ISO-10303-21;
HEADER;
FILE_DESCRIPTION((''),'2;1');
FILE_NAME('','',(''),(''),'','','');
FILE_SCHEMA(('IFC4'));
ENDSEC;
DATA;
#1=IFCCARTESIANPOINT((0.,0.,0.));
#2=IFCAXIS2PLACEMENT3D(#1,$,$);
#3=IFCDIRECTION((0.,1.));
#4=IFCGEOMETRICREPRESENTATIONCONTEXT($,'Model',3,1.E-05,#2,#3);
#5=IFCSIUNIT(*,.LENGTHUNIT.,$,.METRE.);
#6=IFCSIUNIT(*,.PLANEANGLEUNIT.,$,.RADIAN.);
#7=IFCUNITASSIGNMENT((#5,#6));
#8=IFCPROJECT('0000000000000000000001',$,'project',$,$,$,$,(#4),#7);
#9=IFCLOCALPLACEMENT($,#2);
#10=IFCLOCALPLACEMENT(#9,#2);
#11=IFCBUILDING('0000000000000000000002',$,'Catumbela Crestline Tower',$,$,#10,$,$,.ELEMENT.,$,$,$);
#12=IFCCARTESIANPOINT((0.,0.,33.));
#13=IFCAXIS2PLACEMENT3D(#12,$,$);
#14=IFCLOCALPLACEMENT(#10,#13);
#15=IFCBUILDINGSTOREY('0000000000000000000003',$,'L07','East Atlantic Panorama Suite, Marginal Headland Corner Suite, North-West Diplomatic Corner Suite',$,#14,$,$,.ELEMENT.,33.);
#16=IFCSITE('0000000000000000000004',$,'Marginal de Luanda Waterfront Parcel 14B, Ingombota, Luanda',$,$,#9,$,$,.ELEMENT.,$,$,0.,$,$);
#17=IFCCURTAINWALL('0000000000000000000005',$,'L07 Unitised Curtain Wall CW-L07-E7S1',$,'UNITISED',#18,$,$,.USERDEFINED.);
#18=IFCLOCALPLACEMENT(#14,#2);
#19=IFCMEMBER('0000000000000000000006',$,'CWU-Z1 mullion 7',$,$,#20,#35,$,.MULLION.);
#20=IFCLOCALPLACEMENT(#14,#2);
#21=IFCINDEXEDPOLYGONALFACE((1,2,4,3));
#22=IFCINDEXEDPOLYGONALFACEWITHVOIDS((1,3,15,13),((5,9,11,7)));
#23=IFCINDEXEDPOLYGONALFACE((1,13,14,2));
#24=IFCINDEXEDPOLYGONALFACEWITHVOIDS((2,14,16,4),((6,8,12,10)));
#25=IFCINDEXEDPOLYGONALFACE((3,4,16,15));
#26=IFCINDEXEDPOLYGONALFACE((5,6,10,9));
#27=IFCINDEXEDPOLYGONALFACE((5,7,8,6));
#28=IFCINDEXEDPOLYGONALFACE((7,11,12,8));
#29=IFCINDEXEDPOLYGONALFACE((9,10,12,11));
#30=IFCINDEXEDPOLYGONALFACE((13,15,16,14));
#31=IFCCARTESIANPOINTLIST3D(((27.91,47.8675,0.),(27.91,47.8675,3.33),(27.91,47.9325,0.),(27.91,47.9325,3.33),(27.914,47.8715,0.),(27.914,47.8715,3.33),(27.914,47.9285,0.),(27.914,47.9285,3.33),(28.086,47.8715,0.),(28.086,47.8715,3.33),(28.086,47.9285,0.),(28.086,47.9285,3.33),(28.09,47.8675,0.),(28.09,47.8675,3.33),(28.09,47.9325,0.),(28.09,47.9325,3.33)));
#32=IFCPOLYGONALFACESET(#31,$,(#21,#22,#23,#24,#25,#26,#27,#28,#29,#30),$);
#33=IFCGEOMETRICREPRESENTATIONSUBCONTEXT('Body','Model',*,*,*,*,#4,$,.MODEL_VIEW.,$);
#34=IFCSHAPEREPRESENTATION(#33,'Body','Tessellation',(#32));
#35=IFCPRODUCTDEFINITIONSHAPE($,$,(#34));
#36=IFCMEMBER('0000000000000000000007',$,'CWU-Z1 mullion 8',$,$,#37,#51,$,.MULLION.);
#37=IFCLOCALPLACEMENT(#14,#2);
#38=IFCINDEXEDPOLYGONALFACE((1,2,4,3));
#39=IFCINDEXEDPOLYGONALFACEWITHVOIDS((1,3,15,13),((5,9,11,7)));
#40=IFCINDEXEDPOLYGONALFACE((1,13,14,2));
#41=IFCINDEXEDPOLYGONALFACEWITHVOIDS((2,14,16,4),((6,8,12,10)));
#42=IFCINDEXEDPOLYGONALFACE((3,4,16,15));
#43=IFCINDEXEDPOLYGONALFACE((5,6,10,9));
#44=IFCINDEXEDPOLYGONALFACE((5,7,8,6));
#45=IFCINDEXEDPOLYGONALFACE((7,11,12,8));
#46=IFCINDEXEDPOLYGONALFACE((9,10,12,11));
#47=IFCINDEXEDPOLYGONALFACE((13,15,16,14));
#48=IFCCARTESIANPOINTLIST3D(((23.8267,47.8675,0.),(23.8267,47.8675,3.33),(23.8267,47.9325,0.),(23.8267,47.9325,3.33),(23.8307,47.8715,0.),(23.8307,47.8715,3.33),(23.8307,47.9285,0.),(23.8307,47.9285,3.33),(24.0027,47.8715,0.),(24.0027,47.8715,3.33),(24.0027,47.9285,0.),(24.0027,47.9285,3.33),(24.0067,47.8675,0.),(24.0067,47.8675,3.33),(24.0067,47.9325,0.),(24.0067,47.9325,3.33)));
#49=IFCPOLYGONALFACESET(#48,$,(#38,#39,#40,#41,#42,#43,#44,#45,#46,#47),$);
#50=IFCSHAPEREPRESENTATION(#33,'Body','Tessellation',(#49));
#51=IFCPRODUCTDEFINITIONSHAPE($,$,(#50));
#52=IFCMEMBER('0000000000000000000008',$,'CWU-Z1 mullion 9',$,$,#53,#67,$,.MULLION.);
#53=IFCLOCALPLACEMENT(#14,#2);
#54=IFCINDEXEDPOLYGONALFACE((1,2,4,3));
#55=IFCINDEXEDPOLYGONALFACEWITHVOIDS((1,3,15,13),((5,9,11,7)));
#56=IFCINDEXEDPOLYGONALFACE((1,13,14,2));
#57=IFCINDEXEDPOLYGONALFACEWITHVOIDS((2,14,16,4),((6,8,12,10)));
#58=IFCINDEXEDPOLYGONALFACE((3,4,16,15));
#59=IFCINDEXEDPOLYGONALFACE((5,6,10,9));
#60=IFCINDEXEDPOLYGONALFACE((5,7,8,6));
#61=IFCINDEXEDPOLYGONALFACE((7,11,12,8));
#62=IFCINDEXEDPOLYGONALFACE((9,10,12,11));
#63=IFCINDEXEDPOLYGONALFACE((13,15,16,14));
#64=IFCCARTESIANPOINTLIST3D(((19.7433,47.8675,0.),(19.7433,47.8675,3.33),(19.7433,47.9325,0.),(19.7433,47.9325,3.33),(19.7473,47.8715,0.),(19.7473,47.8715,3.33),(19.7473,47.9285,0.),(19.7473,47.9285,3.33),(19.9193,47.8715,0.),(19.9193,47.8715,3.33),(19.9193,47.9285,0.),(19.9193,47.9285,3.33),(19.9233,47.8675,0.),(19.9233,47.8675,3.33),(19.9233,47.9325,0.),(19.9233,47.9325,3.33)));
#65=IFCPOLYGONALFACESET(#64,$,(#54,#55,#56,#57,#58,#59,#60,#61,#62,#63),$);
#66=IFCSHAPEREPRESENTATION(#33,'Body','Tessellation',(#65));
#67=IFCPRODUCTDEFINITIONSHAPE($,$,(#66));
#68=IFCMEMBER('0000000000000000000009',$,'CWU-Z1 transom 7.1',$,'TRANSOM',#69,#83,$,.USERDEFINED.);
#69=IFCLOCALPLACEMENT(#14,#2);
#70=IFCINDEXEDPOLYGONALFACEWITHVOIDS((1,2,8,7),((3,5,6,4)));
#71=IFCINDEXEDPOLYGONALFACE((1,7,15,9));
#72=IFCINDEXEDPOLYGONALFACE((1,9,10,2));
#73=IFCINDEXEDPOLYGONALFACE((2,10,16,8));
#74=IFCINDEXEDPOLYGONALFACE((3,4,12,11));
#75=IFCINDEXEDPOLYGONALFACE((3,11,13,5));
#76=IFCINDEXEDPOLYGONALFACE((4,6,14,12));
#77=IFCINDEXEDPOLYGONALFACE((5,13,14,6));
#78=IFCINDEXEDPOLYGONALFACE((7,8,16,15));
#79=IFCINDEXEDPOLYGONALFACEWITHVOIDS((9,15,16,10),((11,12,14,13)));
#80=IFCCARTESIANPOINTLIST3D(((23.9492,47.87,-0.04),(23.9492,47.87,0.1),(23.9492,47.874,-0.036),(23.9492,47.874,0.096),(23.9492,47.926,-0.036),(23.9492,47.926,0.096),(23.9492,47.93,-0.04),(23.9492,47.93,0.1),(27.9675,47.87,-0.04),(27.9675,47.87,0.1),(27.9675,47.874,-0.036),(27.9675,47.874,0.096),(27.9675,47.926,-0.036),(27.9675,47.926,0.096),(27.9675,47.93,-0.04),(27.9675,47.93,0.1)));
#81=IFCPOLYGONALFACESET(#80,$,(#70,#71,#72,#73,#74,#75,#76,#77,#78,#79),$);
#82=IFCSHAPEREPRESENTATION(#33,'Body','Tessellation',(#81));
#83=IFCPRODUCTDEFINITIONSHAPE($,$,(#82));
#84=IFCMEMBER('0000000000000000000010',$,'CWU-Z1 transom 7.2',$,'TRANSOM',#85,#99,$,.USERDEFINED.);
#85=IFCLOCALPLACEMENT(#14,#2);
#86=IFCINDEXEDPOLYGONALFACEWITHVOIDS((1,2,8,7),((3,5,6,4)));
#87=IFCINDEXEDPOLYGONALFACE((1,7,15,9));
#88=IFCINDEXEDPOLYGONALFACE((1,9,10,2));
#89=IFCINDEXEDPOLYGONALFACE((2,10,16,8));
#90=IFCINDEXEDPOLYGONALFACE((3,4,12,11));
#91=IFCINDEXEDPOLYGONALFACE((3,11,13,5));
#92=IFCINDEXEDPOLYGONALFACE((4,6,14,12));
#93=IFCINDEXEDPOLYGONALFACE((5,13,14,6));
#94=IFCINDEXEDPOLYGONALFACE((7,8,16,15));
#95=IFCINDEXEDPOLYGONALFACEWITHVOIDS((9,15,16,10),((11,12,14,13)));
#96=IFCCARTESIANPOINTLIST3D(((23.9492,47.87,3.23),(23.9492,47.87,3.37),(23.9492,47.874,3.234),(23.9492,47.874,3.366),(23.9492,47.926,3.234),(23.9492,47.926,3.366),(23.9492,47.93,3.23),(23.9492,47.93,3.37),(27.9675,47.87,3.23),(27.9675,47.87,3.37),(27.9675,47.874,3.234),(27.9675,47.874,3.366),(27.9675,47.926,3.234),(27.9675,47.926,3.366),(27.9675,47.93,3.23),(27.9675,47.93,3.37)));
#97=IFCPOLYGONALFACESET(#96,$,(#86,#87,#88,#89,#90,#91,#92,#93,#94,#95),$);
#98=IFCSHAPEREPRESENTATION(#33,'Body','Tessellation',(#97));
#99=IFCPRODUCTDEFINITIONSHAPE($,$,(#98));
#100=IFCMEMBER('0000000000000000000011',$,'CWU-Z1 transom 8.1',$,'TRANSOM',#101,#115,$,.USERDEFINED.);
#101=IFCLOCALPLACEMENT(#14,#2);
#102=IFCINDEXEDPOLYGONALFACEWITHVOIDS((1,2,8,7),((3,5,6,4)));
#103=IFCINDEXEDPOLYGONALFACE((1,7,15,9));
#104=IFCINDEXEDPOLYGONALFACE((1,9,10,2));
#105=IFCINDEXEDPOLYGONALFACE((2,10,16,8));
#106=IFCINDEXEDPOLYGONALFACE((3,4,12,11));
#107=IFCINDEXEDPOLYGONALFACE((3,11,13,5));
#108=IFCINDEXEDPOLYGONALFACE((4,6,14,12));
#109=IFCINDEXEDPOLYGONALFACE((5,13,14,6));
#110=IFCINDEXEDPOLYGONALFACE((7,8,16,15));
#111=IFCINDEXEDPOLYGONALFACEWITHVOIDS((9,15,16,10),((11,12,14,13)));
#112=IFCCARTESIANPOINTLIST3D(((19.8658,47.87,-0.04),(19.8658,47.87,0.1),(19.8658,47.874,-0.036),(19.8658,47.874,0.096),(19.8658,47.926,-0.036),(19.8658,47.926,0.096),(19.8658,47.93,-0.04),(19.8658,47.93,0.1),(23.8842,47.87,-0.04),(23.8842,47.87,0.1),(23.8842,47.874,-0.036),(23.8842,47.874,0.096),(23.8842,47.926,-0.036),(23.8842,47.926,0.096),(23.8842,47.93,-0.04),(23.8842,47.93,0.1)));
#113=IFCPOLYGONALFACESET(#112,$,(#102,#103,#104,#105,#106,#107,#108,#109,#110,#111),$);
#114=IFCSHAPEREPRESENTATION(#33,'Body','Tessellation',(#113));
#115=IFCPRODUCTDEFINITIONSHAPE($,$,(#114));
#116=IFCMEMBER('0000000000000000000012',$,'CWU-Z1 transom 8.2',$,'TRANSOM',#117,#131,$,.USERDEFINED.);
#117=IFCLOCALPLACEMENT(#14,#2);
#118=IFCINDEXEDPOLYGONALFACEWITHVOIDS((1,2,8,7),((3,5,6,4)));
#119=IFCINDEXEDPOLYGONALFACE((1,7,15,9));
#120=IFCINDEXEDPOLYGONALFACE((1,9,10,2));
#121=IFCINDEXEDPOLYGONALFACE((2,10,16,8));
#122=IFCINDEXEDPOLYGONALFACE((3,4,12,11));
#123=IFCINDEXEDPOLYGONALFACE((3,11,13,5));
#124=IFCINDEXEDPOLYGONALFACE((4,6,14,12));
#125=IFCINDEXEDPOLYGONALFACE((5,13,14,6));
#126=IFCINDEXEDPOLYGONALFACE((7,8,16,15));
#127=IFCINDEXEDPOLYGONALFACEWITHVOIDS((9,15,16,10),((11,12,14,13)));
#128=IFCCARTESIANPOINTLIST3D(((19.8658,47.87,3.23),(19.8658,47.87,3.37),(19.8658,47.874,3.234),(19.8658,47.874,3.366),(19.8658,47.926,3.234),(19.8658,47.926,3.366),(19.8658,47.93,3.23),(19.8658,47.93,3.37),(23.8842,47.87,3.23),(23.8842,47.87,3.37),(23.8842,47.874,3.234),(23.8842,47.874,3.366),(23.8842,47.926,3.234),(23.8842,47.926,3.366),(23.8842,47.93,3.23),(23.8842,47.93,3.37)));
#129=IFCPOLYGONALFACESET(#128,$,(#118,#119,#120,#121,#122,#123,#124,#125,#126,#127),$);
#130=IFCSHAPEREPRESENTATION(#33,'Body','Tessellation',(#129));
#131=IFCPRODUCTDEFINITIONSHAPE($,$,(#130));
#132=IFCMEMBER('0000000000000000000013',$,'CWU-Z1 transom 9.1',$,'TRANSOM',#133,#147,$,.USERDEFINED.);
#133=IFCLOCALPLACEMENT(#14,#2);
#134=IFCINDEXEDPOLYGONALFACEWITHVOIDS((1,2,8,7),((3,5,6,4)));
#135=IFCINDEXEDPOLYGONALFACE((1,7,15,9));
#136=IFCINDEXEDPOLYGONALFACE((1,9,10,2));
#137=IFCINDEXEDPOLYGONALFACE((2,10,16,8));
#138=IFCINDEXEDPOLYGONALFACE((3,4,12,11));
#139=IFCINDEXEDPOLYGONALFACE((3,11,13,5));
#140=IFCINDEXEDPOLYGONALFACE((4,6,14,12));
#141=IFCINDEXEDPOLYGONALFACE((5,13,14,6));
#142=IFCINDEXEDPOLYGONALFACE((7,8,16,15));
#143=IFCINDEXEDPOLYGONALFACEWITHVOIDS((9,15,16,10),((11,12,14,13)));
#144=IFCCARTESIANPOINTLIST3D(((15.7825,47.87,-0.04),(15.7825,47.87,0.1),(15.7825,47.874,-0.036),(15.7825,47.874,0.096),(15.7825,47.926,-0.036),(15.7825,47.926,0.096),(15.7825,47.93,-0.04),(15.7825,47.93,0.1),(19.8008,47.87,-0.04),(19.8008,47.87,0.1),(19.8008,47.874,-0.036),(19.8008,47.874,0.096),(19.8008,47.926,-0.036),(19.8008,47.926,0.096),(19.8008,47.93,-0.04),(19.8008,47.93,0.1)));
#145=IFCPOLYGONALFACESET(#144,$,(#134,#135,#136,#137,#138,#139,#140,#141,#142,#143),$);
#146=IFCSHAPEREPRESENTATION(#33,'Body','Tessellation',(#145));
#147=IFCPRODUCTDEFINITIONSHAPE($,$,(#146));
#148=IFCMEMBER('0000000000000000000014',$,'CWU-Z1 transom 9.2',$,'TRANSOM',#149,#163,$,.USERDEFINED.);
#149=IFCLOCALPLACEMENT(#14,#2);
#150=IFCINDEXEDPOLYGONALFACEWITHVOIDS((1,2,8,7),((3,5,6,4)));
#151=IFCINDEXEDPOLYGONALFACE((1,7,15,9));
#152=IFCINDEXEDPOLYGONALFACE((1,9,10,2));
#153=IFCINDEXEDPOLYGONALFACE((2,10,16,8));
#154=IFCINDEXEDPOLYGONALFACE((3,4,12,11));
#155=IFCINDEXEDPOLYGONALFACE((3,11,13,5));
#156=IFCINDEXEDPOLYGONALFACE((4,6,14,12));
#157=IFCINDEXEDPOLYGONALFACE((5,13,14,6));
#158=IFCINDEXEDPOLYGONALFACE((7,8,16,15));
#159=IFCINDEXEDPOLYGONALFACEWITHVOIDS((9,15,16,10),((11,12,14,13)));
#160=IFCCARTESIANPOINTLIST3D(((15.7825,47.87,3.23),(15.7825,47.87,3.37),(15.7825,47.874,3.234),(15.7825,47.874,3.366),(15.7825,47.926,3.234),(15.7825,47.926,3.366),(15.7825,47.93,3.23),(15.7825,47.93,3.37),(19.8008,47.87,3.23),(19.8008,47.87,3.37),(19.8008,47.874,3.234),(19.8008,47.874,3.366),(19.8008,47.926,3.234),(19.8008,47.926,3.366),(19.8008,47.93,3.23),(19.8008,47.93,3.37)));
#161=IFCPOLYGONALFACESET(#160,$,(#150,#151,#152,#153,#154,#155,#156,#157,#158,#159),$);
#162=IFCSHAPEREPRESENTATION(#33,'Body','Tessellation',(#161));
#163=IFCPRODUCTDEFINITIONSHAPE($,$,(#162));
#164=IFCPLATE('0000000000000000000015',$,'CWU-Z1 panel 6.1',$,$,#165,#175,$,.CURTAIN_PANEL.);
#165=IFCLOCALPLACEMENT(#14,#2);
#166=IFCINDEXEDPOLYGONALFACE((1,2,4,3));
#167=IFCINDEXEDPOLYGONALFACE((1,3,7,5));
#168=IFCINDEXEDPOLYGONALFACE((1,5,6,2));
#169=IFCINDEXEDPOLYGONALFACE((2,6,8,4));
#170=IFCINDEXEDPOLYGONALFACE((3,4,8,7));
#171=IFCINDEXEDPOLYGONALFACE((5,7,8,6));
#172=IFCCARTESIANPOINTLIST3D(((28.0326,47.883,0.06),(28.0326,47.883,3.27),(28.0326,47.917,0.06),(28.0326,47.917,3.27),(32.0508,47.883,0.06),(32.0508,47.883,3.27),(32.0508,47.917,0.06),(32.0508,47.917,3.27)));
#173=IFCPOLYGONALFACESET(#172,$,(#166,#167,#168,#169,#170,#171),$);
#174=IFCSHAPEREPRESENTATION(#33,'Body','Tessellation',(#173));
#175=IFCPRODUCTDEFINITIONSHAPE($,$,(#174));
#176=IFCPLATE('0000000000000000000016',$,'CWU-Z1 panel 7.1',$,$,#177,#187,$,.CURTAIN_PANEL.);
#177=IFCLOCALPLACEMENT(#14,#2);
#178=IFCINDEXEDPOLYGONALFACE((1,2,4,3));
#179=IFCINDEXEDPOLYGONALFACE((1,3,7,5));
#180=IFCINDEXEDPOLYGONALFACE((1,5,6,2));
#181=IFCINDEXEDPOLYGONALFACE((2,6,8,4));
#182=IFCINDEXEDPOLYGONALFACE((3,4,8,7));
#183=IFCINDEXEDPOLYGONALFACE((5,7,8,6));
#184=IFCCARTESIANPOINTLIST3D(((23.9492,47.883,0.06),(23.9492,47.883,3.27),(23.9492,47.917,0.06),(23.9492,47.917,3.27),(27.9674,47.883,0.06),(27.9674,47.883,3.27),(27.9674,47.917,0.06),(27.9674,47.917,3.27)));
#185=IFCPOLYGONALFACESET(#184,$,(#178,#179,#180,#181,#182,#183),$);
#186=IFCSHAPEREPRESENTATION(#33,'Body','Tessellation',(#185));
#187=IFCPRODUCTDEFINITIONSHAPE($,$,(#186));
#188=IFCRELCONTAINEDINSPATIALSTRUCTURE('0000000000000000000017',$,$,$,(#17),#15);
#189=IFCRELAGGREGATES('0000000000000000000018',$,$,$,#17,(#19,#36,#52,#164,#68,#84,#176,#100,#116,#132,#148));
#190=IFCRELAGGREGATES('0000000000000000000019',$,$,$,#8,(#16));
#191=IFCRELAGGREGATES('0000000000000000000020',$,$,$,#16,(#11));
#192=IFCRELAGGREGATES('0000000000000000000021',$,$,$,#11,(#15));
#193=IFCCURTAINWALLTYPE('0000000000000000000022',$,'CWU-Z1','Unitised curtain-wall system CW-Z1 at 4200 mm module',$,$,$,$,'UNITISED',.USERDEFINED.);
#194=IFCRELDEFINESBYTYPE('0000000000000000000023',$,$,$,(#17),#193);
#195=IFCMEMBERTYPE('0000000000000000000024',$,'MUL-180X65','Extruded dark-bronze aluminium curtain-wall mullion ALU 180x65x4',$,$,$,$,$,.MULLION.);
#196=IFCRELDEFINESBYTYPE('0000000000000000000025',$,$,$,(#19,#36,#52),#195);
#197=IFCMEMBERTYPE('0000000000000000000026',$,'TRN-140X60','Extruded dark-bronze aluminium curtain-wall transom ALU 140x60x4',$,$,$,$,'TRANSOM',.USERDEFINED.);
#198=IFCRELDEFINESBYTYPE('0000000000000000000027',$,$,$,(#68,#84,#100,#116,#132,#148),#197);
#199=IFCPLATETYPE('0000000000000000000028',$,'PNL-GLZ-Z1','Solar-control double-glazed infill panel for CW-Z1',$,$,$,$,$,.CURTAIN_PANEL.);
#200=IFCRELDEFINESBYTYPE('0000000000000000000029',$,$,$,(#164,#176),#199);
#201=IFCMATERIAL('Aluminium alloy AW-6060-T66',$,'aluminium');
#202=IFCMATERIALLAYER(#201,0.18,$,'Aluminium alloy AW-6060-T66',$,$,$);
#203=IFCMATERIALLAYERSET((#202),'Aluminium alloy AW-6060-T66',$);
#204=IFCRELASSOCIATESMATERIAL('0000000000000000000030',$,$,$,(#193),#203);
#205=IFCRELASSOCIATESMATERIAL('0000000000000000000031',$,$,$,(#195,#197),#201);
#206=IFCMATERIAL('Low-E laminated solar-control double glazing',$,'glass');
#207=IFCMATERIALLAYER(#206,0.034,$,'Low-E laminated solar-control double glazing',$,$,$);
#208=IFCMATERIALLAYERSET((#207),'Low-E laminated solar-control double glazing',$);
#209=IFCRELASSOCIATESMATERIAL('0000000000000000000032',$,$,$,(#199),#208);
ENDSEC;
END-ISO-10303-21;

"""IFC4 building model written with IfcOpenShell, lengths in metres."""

from ifc_helpers import new_model, si_unit, direction, frame, origin, origin_2d, place, context, subcontext, project, spatial, rectangle, hollow_rectangle, extrude, material, layer, layer_set, material_profile, profile_set, type_object, element, aggregate, save


model = new_model("IFC4")

# Units and contexts
model_context = context("Model", 3, precision=1e-05, world=origin(), true_north=direction((0.0, 1.0)))
body_context = subcontext(model_context, "Body", "Model", "MODEL_VIEW")
ifc_project = project(units=[si_unit("LENGTHUNIT", "METRE"), si_unit("PLANEANGLEUNIT", "RADIAN")], contexts=[model_context])

# Site, building, storey
site_placement = place(None, origin())
site = spatial("IfcSite", under=ifc_project, at=site_placement, Name="Marginal de Luanda Waterfront Parcel 14B, Ingombota, Luanda", CompositionType="ELEMENT", RefElevation=0.0)
building_placement = place(site_placement, origin())
building = spatial("IfcBuilding", under=site, at=building_placement, Name="Catumbela Crestline Tower", CompositionType="ELEMENT")
storey_placement = place(building_placement, frame((0.0, 0.0, 33.0)))
storey = spatial("IfcBuildingStorey", under=building, at=storey_placement, Name="L07", Description="East Atlantic Panorama Suite, Marginal Headland Corner Suite, North-West Diplomatic Corner Suite", CompositionType="ELEMENT", Elevation=33.0)

# Curtain wall, members, plates
ifc_material_1 = material(Name="Aluminium alloy AW-6060-T66", Category="aluminium")
ifc_layer_1 = layer(ifc_material_1, 0.18, Name="Aluminium alloy AW-6060-T66")
ifc_layer_set_1 = layer_set([ifc_layer_1], Name="Aluminium alloy AW-6060-T66")
curtain_wall_type = type_object("IfcCurtainWallType", Name="CWU-Z1", Description="Unitised curtain-wall system CW-Z1 at 4200 mm module", ElementType="UNITISED", PredefinedType="USERDEFINED", material=ifc_layer_set_1)
curtain_wall_placement = place(storey_placement, origin())
curtain_wall = element("IfcCurtainWall", 1, at=curtain_wall_placement, inside=storey, type_object=curtain_wall_type, Name="L07 Unitised Curtain Wall CW-L07-E7S1", ObjectType="UNITISED", PredefinedType="USERDEFINED")
ifc_material_profile_1 = material_profile(ifc_material_1, hollow_rectangle(XDim=0.065, YDim=0.18, WallThickness=0.004, at=origin_2d()), Name="ALU 180x65x4")
ifc_profile_set_1 = profile_set([ifc_material_profile_1], Name="Aluminium alloy AW-6060-T66")
member_type_1 = type_object("IfcMemberType", Name="MUL-180X65", Description="Extruded dark-bronze aluminium curtain-wall mullion ALU 180x65x4", PredefinedType="MULLION", material=ifc_profile_set_1)
member_1_placement = place(storey_placement, frame((28.0, 47.9, 0.0), z_axis=(0.0, 0.0, 1.0), x_axis=(0.0, -1.0, 0.0)))
member_1 = element("IfcMember", 2, at=member_1_placement, type_object=member_type_1, Name="CWU-Z1 mullion 7", PredefinedType="MULLION", context=body_context, shape_type="SweptSolid", body=[
    extrude(hollow_rectangle(XDim=0.065, YDim=0.18, WallThickness=0.004, at=origin_2d()), origin(), (0.0, 0.0, 1.0), 3.33),
])
member_2_placement = place(storey_placement, frame((23.9167, 47.9, 0.0), z_axis=(0.0, 0.0, 1.0), x_axis=(0.0, -1.0, 0.0)))
member_2 = element("IfcMember", 3, at=member_2_placement, type_object=member_type_1, Name="CWU-Z1 mullion 8", PredefinedType="MULLION", context=body_context, shape_type="SweptSolid", body=[
    extrude(hollow_rectangle(XDim=0.065, YDim=0.18, WallThickness=0.004, at=origin_2d()), origin(), (0.0, 0.0, 1.0), 3.33),
])
member_3_placement = place(storey_placement, frame((19.8333, 47.9, 0.0), z_axis=(0.0, 0.0, 1.0), x_axis=(0.0, -1.0, 0.0)))
member_3 = element("IfcMember", 4, at=member_3_placement, type_object=member_type_1, Name="CWU-Z1 mullion 9", PredefinedType="MULLION", context=body_context, shape_type="SweptSolid", body=[
    extrude(hollow_rectangle(XDim=0.065, YDim=0.18, WallThickness=0.004, at=origin_2d()), origin(), (0.0, 0.0, 1.0), 3.33),
])
ifc_material_profile_2 = material_profile(ifc_material_1, hollow_rectangle(XDim=0.06, YDim=0.14, WallThickness=0.004, at=origin_2d()), Name="ALU 140x60x4")
ifc_profile_set_2 = profile_set([ifc_material_profile_2], Name="Aluminium alloy AW-6060-T66")
member_type_2 = type_object("IfcMemberType", Name="TRN-140X60", Description="Extruded dark-bronze aluminium curtain-wall transom ALU 140x60x4", ElementType="TRANSOM", PredefinedType="USERDEFINED", material=ifc_profile_set_2)
member_4_placement = place(storey_placement, frame((27.9675, 47.9, 0.03), z_axis=(-1.0, 0.0, 0.0), x_axis=(0.0, -1.0, 0.0)))
member_4 = element("IfcMember", 5, at=member_4_placement, type_object=member_type_2, Name="CWU-Z1 transom 7.1", ObjectType="TRANSOM", PredefinedType="USERDEFINED", context=body_context, shape_type="SweptSolid", body=[
    extrude(hollow_rectangle(XDim=0.06, YDim=0.14, WallThickness=0.004, at=origin_2d()), origin(), (0.0, 0.0, 1.0), 4.0183),
])
member_5_placement = place(storey_placement, frame((27.9675, 47.9, 3.3), z_axis=(-1.0, 0.0, 0.0), x_axis=(0.0, -1.0, 0.0)))
member_5 = element("IfcMember", 6, at=member_5_placement, type_object=member_type_2, Name="CWU-Z1 transom 7.2", ObjectType="TRANSOM", PredefinedType="USERDEFINED", context=body_context, shape_type="SweptSolid", body=[
    extrude(hollow_rectangle(XDim=0.06, YDim=0.14, WallThickness=0.004, at=origin_2d()), origin(), (0.0, 0.0, 1.0), 4.0183),
])
member_6_placement = place(storey_placement, frame((23.8842, 47.9, 0.03), z_axis=(-1.0, 0.0, 0.0), x_axis=(0.0, -1.0, 0.0)))
member_6 = element("IfcMember", 7, at=member_6_placement, type_object=member_type_2, Name="CWU-Z1 transom 8.1", ObjectType="TRANSOM", PredefinedType="USERDEFINED", context=body_context, shape_type="SweptSolid", body=[
    extrude(hollow_rectangle(XDim=0.06, YDim=0.14, WallThickness=0.004, at=origin_2d()), origin(), (0.0, 0.0, 1.0), 4.0184),
])
member_7_placement = place(storey_placement, frame((23.8842, 47.9, 3.3), z_axis=(-1.0, 0.0, 0.0), x_axis=(0.0, -1.0, 0.0)))
member_7 = element("IfcMember", 8, at=member_7_placement, type_object=member_type_2, Name="CWU-Z1 transom 8.2", ObjectType="TRANSOM", PredefinedType="USERDEFINED", context=body_context, shape_type="SweptSolid", body=[
    extrude(hollow_rectangle(XDim=0.06, YDim=0.14, WallThickness=0.004, at=origin_2d()), origin(), (0.0, 0.0, 1.0), 4.0184),
])
member_8_placement = place(storey_placement, frame((19.8008, 47.9, 0.03), z_axis=(-1.0, 0.0, 0.0), x_axis=(0.0, -1.0, 0.0)))
member_8 = element("IfcMember", 9, at=member_8_placement, type_object=member_type_2, Name="CWU-Z1 transom 9.1", ObjectType="TRANSOM", PredefinedType="USERDEFINED", context=body_context, shape_type="SweptSolid", body=[
    extrude(hollow_rectangle(XDim=0.06, YDim=0.14, WallThickness=0.004, at=origin_2d()), origin(), (0.0, 0.0, 1.0), 4.0183),
])
member_9_placement = place(storey_placement, frame((19.8008, 47.9, 3.3), z_axis=(-1.0, 0.0, 0.0), x_axis=(0.0, -1.0, 0.0)))
member_9 = element("IfcMember", 10, at=member_9_placement, type_object=member_type_2, Name="CWU-Z1 transom 9.2", ObjectType="TRANSOM", PredefinedType="USERDEFINED", context=body_context, shape_type="SweptSolid", body=[
    extrude(hollow_rectangle(XDim=0.06, YDim=0.14, WallThickness=0.004, at=origin_2d()), origin(), (0.0, 0.0, 1.0), 4.0183),
])
ifc_material_2 = material(Name="Low-E laminated solar-control double glazing", Category="glass")
ifc_layer_2 = layer(ifc_material_2, 0.034, Name="Low-E laminated solar-control double glazing")
ifc_layer_set_2 = layer_set([ifc_layer_2], Name="Low-E laminated solar-control double glazing")
plate_type = type_object("IfcPlateType", Name="PNL-GLZ-Z1", Description="Solar-control double-glazed infill panel for CW-Z1", PredefinedType="CURTAIN_PANEL", material=ifc_layer_set_2)
plate_1_placement = place(storey_placement, frame((30.0417, 47.9, 0.06), z_axis=(0.0, 0.0, 1.0), x_axis=(-1.0, 0.0, 0.0)))
plate_1 = element("IfcPlate", 11, at=plate_1_placement, type_object=plate_type, Name="CWU-Z1 panel 6.1", PredefinedType="CURTAIN_PANEL", context=body_context, shape_type="SweptSolid", body=[
    extrude(rectangle(XDim=4.0183, YDim=0.034, at=origin_2d()), origin(), (0.0, 0.0, 1.0), 3.21),
])
plate_2_placement = place(storey_placement, frame((25.9583, 47.9, 0.06), z_axis=(0.0, 0.0, 1.0), x_axis=(-1.0, 0.0, 0.0)))
plate_2 = element("IfcPlate", 12, at=plate_2_placement, type_object=plate_type, Name="CWU-Z1 panel 7.1", PredefinedType="CURTAIN_PANEL", context=body_context, shape_type="SweptSolid", body=[
    extrude(rectangle(XDim=4.0183, YDim=0.034, at=origin_2d()), origin(), (0.0, 0.0, 1.0), 3.21),
])
aggregate(curtain_wall, [member_1, member_2, member_3, plate_1, member_4, member_5, plate_2, member_6, member_7, member_8, member_9])

save(model, "model.ifc")
